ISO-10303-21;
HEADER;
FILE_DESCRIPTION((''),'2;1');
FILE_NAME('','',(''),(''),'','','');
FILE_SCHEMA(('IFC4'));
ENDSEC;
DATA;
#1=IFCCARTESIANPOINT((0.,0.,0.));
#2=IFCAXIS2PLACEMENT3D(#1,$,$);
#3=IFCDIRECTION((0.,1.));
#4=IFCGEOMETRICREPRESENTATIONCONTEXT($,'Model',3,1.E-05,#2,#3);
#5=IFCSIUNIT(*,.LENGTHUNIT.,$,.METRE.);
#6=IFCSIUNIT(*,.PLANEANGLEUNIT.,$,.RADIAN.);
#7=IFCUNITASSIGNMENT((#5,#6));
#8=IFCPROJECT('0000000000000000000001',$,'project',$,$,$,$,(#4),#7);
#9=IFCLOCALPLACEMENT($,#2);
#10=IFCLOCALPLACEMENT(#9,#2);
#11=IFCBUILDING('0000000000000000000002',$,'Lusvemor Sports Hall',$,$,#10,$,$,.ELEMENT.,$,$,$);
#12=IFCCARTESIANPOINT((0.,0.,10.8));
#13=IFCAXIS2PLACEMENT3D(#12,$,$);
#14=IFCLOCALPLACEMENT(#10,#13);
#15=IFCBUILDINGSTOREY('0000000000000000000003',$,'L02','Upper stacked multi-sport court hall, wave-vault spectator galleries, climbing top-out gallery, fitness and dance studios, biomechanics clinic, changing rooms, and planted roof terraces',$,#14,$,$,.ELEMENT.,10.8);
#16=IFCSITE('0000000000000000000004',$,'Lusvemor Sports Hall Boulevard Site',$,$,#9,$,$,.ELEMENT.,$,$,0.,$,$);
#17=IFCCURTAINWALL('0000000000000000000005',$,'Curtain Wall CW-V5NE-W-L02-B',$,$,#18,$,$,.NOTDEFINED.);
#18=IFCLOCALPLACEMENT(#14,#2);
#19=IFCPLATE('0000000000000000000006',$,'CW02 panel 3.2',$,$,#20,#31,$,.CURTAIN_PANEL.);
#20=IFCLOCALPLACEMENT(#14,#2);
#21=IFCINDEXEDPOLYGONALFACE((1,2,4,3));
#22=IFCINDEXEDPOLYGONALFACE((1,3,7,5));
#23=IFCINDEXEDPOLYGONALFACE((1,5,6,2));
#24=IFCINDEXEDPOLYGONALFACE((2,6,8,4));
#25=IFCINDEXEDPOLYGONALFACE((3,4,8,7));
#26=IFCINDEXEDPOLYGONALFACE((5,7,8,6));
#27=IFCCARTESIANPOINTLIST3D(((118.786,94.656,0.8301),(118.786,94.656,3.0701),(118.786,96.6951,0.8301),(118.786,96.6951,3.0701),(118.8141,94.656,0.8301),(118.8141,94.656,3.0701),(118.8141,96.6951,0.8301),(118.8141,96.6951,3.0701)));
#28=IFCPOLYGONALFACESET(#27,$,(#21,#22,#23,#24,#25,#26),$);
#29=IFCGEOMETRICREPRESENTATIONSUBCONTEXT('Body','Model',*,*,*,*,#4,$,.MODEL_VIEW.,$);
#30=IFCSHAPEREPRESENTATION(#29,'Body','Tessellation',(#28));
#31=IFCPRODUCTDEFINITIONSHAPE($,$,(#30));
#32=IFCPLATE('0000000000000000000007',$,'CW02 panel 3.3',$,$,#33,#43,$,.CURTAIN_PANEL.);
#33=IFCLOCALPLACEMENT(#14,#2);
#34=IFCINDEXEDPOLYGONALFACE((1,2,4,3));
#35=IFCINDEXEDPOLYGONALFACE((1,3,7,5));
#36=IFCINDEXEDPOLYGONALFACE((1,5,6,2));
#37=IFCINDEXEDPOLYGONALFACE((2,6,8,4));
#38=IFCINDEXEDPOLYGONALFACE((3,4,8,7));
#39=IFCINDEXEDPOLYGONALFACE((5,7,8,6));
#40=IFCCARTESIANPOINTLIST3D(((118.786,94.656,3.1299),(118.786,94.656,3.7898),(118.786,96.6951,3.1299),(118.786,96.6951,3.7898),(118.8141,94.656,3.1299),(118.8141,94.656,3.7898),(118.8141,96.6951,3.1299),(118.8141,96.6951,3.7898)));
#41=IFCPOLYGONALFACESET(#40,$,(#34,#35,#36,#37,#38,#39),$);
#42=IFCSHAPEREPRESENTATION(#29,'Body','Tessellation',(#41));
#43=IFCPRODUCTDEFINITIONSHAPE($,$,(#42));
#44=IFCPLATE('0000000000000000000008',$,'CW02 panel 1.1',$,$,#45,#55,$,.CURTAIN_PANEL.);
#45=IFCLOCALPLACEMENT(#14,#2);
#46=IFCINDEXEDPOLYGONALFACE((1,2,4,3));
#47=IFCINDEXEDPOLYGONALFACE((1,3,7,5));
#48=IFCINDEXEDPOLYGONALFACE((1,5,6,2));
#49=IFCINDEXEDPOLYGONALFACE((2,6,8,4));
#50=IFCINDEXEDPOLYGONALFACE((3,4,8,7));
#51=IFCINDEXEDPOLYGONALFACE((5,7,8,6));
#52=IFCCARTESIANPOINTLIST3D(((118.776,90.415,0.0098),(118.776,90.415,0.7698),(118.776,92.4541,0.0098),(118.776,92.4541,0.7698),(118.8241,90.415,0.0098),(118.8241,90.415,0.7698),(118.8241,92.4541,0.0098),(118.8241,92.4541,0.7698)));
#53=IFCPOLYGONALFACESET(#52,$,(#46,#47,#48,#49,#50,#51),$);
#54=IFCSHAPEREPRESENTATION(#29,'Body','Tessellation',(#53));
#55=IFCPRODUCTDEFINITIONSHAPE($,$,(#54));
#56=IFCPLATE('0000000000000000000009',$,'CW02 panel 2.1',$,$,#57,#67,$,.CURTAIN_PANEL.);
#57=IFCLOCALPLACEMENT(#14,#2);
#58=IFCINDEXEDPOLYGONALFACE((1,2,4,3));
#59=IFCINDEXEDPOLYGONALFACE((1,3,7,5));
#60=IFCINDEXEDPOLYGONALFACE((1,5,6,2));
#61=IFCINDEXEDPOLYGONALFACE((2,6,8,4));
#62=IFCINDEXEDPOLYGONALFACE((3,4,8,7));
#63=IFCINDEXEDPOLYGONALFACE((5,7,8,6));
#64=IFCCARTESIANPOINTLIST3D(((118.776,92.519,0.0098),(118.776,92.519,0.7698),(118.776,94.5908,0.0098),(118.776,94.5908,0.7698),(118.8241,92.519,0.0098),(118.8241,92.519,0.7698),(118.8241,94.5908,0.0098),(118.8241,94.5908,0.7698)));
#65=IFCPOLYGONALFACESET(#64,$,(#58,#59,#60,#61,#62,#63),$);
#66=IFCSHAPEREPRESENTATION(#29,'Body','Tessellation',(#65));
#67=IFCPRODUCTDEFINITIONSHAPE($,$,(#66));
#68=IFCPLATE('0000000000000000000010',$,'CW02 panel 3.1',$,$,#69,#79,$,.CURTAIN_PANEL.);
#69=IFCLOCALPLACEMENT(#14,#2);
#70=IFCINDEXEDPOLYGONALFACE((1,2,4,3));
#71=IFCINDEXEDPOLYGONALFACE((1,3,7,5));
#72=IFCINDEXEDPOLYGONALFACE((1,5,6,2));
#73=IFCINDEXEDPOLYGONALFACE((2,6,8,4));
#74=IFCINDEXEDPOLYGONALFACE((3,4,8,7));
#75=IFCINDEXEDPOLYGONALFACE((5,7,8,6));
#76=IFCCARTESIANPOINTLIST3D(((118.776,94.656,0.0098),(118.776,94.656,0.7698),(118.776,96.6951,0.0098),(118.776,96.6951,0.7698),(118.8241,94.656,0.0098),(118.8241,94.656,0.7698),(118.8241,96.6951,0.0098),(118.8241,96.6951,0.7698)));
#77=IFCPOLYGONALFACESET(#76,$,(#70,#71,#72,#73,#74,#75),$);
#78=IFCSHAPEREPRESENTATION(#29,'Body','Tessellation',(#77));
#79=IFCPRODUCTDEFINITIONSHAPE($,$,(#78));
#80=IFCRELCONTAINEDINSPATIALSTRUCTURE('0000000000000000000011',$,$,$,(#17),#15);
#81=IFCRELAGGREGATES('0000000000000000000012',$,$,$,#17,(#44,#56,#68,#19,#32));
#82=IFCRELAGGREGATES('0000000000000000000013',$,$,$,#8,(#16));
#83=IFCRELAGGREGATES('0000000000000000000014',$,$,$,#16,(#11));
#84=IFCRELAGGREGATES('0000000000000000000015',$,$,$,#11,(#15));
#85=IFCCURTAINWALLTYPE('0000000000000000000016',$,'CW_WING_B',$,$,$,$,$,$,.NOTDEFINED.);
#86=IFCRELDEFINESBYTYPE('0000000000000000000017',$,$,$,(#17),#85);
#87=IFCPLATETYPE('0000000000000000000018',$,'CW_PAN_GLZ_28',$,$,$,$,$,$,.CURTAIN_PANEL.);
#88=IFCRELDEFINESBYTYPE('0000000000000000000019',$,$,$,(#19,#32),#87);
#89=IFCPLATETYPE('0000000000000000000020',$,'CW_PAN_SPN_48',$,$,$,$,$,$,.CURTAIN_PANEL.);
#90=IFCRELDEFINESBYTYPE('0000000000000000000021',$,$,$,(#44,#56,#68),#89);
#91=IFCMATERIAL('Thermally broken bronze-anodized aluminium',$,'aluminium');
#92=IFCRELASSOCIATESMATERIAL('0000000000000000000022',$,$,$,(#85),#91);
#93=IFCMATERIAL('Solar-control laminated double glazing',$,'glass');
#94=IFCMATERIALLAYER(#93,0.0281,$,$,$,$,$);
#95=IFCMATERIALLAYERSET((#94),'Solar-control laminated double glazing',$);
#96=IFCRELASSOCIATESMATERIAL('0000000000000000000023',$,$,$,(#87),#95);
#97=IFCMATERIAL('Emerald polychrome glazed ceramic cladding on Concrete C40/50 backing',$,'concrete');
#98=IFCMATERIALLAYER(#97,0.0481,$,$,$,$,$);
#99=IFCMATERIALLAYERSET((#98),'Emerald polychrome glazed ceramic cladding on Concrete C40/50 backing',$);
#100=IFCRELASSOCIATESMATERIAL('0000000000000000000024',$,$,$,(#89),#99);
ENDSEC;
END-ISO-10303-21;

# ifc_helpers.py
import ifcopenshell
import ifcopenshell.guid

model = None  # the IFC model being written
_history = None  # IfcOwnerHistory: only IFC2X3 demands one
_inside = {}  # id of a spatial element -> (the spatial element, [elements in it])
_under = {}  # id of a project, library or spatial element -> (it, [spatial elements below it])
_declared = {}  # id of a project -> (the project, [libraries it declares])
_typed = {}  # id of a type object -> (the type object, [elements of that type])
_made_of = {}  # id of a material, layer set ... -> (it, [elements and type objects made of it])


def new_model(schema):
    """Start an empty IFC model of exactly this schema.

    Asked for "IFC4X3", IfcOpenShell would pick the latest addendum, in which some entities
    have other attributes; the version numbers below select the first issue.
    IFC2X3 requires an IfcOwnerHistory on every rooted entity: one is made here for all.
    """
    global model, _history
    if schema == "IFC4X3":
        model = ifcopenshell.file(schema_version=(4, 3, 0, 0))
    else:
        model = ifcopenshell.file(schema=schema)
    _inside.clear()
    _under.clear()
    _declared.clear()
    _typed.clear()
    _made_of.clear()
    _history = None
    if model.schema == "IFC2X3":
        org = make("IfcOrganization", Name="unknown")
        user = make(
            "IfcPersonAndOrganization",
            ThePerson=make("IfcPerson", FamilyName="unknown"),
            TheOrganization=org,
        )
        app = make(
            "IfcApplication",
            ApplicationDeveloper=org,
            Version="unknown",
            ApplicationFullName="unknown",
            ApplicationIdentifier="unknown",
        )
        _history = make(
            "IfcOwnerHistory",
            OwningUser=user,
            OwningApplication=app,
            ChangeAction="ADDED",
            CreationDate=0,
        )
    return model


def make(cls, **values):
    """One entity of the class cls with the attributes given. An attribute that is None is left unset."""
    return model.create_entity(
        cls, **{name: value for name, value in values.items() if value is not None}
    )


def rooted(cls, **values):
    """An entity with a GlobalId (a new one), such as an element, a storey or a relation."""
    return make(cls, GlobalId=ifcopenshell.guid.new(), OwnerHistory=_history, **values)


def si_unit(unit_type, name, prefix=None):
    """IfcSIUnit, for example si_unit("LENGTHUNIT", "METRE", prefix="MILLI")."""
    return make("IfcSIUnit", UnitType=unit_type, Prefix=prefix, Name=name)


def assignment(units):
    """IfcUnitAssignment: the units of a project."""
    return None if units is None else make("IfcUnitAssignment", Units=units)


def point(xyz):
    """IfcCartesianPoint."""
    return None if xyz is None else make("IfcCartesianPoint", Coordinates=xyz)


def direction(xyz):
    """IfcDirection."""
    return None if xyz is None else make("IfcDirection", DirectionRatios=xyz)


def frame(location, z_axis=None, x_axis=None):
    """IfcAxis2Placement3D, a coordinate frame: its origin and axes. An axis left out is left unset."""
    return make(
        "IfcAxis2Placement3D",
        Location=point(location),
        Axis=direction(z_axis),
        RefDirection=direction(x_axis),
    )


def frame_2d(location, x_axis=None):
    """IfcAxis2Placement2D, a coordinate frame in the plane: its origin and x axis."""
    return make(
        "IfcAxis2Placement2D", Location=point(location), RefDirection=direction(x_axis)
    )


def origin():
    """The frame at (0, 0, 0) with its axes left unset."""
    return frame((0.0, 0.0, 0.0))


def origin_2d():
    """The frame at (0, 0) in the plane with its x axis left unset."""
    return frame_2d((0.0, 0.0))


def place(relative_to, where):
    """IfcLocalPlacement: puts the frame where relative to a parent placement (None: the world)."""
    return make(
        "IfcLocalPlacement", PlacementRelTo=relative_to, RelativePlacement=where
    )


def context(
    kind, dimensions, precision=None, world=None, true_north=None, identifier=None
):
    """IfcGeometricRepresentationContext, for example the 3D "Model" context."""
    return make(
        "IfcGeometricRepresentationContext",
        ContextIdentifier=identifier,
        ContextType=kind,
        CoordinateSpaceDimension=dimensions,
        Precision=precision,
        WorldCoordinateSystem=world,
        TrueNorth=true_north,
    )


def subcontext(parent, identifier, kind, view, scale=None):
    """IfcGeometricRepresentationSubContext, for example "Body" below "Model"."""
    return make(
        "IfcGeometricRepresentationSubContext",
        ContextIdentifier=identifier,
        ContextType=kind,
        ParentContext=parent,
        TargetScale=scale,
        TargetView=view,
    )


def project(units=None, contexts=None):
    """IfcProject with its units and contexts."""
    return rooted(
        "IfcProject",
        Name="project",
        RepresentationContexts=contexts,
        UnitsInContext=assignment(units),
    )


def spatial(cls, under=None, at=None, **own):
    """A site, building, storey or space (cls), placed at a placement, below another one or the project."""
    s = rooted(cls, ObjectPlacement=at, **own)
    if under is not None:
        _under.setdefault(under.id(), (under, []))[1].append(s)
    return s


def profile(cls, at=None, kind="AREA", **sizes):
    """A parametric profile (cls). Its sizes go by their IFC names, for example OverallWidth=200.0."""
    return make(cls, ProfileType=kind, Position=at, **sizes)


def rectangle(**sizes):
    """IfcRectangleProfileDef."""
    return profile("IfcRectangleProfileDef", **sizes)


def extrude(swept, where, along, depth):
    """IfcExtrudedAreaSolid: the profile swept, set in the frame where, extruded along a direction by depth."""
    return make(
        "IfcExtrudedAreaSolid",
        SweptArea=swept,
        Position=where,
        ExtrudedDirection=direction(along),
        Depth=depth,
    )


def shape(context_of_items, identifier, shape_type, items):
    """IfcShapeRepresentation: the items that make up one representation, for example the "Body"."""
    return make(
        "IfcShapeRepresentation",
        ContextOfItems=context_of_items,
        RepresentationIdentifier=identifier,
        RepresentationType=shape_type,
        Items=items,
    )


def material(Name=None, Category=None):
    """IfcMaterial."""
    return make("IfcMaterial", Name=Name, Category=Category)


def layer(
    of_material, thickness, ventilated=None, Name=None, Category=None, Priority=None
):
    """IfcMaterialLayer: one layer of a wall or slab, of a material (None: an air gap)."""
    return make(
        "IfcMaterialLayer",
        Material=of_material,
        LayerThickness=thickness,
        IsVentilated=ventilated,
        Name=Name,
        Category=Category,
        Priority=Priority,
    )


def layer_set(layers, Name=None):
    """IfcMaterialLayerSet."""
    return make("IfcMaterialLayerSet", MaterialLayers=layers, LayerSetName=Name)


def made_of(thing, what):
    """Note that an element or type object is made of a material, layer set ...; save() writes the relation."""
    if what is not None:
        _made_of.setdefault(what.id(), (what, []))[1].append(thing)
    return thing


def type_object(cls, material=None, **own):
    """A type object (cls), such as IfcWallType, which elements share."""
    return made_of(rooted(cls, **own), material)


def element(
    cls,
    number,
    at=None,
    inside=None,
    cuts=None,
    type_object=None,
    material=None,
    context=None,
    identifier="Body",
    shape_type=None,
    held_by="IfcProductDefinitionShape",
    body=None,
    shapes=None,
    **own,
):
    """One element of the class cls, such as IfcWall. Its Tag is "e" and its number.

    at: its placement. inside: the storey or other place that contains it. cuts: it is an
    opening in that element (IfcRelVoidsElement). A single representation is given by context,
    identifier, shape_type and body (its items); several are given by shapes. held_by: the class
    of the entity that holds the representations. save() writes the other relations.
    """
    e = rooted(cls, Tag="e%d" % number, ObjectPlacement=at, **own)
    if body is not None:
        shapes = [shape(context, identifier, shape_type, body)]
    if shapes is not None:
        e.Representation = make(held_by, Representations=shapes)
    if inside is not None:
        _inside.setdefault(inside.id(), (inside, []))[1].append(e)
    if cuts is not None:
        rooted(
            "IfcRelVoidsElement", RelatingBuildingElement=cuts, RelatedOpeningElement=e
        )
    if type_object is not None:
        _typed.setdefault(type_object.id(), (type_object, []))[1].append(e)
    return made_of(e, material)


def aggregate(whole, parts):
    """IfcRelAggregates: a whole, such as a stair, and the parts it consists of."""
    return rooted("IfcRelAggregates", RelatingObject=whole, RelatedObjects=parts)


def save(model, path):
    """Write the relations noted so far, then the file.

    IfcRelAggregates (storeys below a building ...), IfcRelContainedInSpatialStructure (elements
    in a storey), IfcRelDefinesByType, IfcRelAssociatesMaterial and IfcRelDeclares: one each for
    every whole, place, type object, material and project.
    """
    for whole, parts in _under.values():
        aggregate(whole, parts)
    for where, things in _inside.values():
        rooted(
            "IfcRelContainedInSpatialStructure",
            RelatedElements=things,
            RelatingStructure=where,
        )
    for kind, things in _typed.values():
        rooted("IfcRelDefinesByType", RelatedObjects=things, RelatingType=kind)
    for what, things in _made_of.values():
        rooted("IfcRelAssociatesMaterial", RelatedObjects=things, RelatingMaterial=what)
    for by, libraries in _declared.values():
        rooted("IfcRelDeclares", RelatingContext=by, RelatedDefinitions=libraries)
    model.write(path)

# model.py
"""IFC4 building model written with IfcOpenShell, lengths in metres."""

from ifc_helpers import new_model, si_unit, direction, frame, origin, origin_2d, place, context, subcontext, project, spatial, rectangle, extrude, material, layer, layer_set, type_object, element, aggregate, save


model = new_model("IFC4")

# Units and contexts
model_context = context("Model", 3, precision=1e-05, world=origin(), true_north=direction((0.0, 1.0)))
body_context = subcontext(model_context, "Body", "Model", "MODEL_VIEW")
ifc_project = project(units=[si_unit("LENGTHUNIT", "METRE"), si_unit("PLANEANGLEUNIT", "RADIAN")], contexts=[model_context])

# Site, building, storey
site_placement = place(None, origin())
site = spatial("IfcSite", under=ifc_project, at=site_placement, Name="Lusvemor Sports Hall Boulevard Site", CompositionType="ELEMENT", RefElevation=0.0)
building_placement = place(site_placement, origin())
building = spatial("IfcBuilding", under=site, at=building_placement, Name="Lusvemor Sports Hall", CompositionType="ELEMENT")
storey_placement = place(building_placement, frame((0.0, 0.0, 10.8)))
storey = spatial("IfcBuildingStorey", under=building, at=storey_placement, Name="L02", Description="Upper stacked multi-sport court hall, wave-vault spectator galleries, climbing top-out gallery, fitness and dance studios, biomechanics clinic, changing rooms, and planted roof terraces", CompositionType="ELEMENT", Elevation=10.8)

# Curtain wall, plates
ifc_material_1 = material(Name="Thermally broken bronze-anodized aluminium", Category="aluminium")
curtain_wall_type = type_object("IfcCurtainWallType", Name="CW_WING_B", PredefinedType="NOTDEFINED", material=ifc_material_1)
curtain_wall_placement = place(storey_placement, origin())
curtain_wall = element("IfcCurtainWall", 1, at=curtain_wall_placement, inside=storey, type_object=curtain_wall_type, Name="Curtain Wall CW-V5NE-W-L02-B", PredefinedType="NOTDEFINED")
ifc_material_2 = material(Name="Solar-control laminated double glazing", Category="glass")
ifc_layer_1 = layer(ifc_material_2, 0.0281)
ifc_layer_set_1 = layer_set([ifc_layer_1], Name="Solar-control laminated double glazing")
plate_type_1 = type_object("IfcPlateType", Name="CW_PAN_GLZ_28", PredefinedType="CURTAIN_PANEL", material=ifc_layer_set_1)
plate_1_placement = place(storey_placement, frame((118.8, 95.6755, 0.8301), z_axis=(0.0, 0.0, 1.0), x_axis=(0.0, 1.0, 0.0)))
plate_1 = element("IfcPlate", 2, at=plate_1_placement, type_object=plate_type_1, Name="CW02 panel 3.2", PredefinedType="CURTAIN_PANEL", context=body_context, shape_type="SweptSolid", body=[
    extrude(rectangle(XDim=2.0391, YDim=0.0281, at=origin_2d()), origin(), (0.0, 0.0, 1.0), 2.24),
])
plate_2_placement = place(storey_placement, frame((118.8, 95.6755, 3.1299), z_axis=(0.0, 0.0, 1.0), x_axis=(0.0, 1.0, 0.0)))
plate_2 = element("IfcPlate", 3, at=plate_2_placement, type_object=plate_type_1, Name="CW02 panel 3.3", PredefinedType="CURTAIN_PANEL", context=body_context, shape_type="SweptSolid", body=[
    extrude(rectangle(XDim=2.0391, YDim=0.0281, at=origin_2d()), origin(), (0.0, 0.0, 1.0), 0.6599),
])
ifc_material_3 = material(Name="Emerald polychrome glazed ceramic cladding on Concrete C40/50 backing", Category="concrete")
ifc_layer_2 = layer(ifc_material_3, 0.0481)
ifc_layer_set_2 = layer_set([ifc_layer_2], Name="Emerald polychrome glazed ceramic cladding on Concrete C40/50 backing")
plate_type_2 = type_object("IfcPlateType", Name="CW_PAN_SPN_48", PredefinedType="CURTAIN_PANEL", material=ifc_layer_set_2)
plate_3_placement = place(storey_placement, frame((118.8, 91.4346, 0.0098), z_axis=(0.0, 0.0, 1.0), x_axis=(0.0, 1.0, 0.0)))
plate_3 = element("IfcPlate", 4, at=plate_3_placement, type_object=plate_type_2, Name="CW02 panel 1.1", PredefinedType="CURTAIN_PANEL", context=body_context, shape_type="SweptSolid", body=[
    extrude(rectangle(XDim=2.0391, YDim=0.0481, at=origin_2d()), origin(), (0.0, 0.0, 1.0), 0.76),
])
plate_4_placement = place(storey_placement, frame((118.8, 93.5549, 0.0098), z_axis=(0.0, 0.0, 1.0), x_axis=(0.0, 1.0, 0.0)))
plate_4 = element("IfcPlate", 5, at=plate_4_placement, type_object=plate_type_2, Name="CW02 panel 2.1", PredefinedType="CURTAIN_PANEL", context=body_context, shape_type="SweptSolid", body=[
    extrude(rectangle(XDim=2.0718, YDim=0.0481, at=origin_2d()), origin(), (0.0, 0.0, 1.0), 0.76),
])
plate_5_placement = place(storey_placement, frame((118.8, 95.6755, 0.0098), z_axis=(0.0, 0.0, 1.0), x_axis=(0.0, 1.0, 0.0)))
plate_5 = element("IfcPlate", 6, at=plate_5_placement, type_object=plate_type_2, Name="CW02 panel 3.1", PredefinedType="CURTAIN_PANEL", context=body_context, shape_type="SweptSolid", body=[
    extrude(rectangle(XDim=2.0391, YDim=0.0481, at=origin_2d()), origin(), (0.0, 0.0, 1.0), 0.76),
])
aggregate(curtain_wall, [plate_3, plate_4, plate_5, plate_1, plate_2])

save(model, "model.ifc")
